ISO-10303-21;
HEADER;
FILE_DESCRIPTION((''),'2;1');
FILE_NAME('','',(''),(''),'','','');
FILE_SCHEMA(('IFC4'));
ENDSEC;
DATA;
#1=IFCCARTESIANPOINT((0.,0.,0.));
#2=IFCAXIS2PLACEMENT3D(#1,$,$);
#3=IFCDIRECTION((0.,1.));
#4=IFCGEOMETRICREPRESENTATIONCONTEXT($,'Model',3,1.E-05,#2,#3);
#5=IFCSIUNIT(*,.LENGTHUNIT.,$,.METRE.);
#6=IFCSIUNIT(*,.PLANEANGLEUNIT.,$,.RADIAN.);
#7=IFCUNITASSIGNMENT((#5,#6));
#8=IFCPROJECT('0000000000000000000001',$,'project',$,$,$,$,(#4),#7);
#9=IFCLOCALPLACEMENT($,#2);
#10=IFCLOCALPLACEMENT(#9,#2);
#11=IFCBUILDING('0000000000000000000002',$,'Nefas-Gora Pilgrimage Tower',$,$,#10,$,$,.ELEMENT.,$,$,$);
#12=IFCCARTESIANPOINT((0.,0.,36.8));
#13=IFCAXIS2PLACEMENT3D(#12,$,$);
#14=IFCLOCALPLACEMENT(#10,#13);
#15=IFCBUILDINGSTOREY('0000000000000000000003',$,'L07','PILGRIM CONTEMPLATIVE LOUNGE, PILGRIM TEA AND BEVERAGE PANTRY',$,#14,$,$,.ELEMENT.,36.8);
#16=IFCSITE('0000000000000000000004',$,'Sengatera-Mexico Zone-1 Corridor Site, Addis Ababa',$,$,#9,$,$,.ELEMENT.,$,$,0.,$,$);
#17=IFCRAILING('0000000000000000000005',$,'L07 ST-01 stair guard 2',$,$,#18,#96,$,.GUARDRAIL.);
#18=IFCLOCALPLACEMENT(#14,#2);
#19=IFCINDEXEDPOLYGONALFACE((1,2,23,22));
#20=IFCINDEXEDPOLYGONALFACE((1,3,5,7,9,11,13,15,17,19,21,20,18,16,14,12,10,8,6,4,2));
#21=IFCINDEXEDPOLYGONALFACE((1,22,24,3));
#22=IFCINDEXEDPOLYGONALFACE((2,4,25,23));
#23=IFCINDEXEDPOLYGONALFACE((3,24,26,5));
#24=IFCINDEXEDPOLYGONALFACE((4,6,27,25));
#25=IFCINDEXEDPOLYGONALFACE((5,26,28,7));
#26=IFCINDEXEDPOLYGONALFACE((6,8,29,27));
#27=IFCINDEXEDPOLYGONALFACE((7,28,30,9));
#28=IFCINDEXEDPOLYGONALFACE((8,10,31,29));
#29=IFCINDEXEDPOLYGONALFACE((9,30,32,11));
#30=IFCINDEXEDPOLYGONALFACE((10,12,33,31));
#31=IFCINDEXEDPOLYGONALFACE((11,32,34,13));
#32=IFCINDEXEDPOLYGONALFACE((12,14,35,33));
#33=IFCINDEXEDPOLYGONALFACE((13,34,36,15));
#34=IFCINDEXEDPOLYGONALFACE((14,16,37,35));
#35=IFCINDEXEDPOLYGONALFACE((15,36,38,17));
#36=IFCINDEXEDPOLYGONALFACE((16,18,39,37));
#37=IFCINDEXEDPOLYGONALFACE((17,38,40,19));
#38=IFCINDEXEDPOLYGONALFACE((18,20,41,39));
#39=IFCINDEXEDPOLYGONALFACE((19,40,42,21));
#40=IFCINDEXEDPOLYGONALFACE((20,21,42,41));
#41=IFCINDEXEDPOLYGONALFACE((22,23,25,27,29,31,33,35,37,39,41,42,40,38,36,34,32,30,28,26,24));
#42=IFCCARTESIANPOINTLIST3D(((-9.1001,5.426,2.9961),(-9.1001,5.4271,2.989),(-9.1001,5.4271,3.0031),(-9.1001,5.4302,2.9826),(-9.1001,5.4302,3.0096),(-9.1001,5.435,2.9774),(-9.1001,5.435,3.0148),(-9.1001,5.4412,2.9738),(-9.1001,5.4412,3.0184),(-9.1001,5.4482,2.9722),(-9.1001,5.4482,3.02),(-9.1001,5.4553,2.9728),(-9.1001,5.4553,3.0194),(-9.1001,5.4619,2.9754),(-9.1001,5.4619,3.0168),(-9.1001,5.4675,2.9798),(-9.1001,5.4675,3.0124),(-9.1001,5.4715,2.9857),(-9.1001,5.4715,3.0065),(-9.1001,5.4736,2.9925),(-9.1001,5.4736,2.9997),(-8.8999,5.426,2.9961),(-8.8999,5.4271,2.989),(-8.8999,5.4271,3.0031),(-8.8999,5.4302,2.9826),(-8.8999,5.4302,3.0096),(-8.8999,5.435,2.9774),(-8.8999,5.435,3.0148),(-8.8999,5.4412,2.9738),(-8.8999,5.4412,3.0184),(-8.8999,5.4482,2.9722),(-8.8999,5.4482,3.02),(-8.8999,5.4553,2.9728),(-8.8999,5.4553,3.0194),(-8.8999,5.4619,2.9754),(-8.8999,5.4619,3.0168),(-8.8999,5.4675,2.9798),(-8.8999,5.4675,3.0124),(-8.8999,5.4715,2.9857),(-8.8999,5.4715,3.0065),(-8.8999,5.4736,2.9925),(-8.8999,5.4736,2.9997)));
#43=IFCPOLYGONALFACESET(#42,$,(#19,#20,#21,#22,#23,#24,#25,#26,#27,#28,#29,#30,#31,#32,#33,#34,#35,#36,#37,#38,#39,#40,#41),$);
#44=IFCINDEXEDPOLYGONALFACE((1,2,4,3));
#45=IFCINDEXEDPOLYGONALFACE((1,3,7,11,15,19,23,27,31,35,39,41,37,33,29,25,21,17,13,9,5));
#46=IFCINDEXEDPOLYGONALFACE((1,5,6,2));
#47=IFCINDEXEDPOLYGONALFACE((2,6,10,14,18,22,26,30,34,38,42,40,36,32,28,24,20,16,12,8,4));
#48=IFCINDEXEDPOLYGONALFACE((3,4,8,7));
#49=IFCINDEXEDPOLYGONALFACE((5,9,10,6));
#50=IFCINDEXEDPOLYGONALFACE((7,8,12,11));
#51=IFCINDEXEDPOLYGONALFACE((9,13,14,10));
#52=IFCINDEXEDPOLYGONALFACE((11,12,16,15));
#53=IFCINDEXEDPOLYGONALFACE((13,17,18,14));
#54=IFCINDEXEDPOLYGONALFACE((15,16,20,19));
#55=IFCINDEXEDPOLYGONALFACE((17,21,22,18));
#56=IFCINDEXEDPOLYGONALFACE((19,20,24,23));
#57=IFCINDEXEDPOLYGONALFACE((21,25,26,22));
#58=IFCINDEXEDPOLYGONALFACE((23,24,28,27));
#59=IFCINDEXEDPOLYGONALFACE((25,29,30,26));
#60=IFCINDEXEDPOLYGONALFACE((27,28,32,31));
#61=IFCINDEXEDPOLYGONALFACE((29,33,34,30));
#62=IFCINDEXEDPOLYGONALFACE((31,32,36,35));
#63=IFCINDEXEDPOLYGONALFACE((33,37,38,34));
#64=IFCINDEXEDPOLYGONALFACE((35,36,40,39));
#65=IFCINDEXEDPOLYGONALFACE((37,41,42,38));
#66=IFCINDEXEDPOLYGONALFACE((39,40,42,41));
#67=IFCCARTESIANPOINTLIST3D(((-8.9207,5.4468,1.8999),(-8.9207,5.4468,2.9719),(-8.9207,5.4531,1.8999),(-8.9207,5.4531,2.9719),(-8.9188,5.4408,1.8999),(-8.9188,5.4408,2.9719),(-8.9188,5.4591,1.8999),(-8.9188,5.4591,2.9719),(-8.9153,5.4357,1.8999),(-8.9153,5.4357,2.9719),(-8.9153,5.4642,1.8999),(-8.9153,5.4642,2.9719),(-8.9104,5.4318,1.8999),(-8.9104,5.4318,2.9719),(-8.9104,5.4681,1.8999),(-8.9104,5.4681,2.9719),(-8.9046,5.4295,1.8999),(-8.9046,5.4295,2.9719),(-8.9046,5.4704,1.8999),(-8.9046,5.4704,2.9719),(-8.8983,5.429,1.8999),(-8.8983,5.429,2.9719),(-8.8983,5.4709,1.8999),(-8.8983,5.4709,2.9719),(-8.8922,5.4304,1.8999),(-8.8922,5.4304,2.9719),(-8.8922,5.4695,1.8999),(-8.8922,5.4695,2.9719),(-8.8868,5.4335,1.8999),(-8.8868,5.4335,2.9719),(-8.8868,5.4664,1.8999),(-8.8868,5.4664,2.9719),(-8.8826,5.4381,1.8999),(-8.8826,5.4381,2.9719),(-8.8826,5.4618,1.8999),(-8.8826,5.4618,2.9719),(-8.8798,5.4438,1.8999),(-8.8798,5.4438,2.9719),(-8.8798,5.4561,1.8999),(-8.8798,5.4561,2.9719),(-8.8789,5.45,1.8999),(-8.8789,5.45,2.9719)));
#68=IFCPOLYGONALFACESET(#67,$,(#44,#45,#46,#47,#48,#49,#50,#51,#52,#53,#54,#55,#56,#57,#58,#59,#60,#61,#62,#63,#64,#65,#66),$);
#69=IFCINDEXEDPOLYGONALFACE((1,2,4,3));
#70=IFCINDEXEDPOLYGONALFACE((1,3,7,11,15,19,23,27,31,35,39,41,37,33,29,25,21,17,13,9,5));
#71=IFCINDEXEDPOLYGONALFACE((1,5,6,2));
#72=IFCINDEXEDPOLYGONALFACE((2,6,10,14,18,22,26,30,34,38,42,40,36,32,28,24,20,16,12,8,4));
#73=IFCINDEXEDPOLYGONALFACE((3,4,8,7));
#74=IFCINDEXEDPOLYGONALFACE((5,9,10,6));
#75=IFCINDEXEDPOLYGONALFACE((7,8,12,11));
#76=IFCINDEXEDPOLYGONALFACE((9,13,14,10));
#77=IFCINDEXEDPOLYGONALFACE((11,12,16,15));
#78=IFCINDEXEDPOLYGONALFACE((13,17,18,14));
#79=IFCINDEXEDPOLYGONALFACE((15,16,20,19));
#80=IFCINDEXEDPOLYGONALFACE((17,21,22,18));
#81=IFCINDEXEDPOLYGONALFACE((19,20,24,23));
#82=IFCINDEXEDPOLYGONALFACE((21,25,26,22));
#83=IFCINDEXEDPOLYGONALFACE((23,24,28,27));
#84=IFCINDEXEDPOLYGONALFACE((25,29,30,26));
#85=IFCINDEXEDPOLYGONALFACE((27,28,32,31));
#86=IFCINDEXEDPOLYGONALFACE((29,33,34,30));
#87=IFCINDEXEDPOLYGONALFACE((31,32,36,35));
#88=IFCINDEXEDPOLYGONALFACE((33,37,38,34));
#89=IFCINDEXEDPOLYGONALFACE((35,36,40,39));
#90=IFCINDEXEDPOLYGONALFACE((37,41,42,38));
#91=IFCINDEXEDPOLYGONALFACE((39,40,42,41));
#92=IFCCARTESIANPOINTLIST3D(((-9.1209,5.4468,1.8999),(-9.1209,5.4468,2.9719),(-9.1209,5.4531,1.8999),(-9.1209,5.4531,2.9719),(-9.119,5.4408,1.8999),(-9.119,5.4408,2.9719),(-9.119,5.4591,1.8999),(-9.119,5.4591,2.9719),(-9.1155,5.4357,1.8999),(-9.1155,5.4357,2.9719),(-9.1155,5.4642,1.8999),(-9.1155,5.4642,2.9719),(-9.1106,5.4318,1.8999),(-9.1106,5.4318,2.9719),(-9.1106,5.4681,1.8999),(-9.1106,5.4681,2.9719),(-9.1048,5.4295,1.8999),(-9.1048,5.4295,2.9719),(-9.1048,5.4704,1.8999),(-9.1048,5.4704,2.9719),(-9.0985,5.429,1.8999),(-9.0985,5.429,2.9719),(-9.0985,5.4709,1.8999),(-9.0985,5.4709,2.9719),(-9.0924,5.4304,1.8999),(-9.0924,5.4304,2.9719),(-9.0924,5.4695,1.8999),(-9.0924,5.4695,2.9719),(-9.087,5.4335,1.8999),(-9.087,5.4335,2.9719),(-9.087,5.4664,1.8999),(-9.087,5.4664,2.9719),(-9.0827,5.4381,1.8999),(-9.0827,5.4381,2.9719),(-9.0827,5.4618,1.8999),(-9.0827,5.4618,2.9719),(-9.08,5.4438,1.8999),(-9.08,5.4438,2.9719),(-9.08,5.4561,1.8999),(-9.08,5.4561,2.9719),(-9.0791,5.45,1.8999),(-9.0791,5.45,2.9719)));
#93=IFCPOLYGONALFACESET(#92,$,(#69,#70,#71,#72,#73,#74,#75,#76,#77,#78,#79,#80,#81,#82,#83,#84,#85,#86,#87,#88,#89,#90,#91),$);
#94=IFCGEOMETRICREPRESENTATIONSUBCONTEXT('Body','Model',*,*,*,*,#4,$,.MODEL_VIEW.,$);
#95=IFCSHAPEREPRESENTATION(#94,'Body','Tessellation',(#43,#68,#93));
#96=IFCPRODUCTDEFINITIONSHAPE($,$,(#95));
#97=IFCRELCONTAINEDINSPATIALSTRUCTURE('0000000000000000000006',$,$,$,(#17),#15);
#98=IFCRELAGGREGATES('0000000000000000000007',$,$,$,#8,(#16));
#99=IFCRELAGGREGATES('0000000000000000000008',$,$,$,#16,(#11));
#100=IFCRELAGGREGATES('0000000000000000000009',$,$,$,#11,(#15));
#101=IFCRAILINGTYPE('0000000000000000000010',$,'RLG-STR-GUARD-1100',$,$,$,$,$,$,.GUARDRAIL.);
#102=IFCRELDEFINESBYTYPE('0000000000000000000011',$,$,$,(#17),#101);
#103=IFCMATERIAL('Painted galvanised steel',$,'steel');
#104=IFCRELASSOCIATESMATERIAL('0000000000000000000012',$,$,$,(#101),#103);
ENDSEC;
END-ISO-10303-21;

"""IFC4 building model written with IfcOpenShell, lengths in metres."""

from ifc_helpers import new_model, si_unit, direction, frame, origin, origin_2d, place, context, subcontext, project, spatial, circle, extrude, material, type_object, element, save


model = new_model("IFC4")

# Units and contexts
model_context = context("Model", 3, precision=1e-05, world=origin(), true_north=direction((0.0, 1.0)))
body_context = subcontext(model_context, "Body", "Model", "MODEL_VIEW")
ifc_project = project(units=[si_unit("LENGTHUNIT", "METRE"), si_unit("PLANEANGLEUNIT", "RADIAN")], contexts=[model_context])

# Site, building, storey
site_placement = place(None, origin())
site = spatial("IfcSite", under=ifc_project, at=site_placement, Name="Sengatera-Mexico Zone-1 Corridor Site, Addis Ababa", CompositionType="ELEMENT", RefElevation=0.0)
building_placement = place(site_placement, origin())
building = spatial("IfcBuilding", under=site, at=building_placement, Name="Nefas-Gora Pilgrimage Tower", CompositionType="ELEMENT")
storey_placement = place(building_placement, frame((0.0, 0.0, 36.8)))
storey = spatial("IfcBuildingStorey", under=building, at=storey_placement, Name="L07", Description="PILGRIM CONTEMPLATIVE LOUNGE, PILGRIM TEA AND BEVERAGE PANTRY", CompositionType="ELEMENT", Elevation=36.8)

# Railing
ifc_material_1 = material(Name="Painted galvanised steel", Category="steel")
railing_type_1 = type_object("IfcRailingType", Name="RLG-STR-GUARD-1100", PredefinedType="GUARDRAIL", material=ifc_material_1)
railing_1_placement = place(storey_placement, frame((-8.8999, 5.45, 1.8999)))
element("IfcRailing", 1, at=railing_1_placement, inside=storey, type_object=railing_type_1, Name="L07 ST-01 stair guard 2", PredefinedType="GUARDRAIL", context=body_context, shape_type="SweptSolid", body=[
    extrude(circle(Radius=0.0239, at=origin_2d()), frame((0.0, 0.0, 1.0962), z_axis=(-1.0, 0.0, 0.0), x_axis=(0.0, -1.0, 0.0)), (0.0, 0.0, 1.0), 0.2002),
    extrude(circle(Radius=0.021, at=origin_2d()), origin(), (0.0, 0.0, 1.0), 1.072),
    extrude(circle(Radius=0.021, at=origin_2d()), frame((-0.2002, 0.0, 0.0)), (0.0, 0.0, 1.0), 1.072),
])

save(model, "model.ifc")
